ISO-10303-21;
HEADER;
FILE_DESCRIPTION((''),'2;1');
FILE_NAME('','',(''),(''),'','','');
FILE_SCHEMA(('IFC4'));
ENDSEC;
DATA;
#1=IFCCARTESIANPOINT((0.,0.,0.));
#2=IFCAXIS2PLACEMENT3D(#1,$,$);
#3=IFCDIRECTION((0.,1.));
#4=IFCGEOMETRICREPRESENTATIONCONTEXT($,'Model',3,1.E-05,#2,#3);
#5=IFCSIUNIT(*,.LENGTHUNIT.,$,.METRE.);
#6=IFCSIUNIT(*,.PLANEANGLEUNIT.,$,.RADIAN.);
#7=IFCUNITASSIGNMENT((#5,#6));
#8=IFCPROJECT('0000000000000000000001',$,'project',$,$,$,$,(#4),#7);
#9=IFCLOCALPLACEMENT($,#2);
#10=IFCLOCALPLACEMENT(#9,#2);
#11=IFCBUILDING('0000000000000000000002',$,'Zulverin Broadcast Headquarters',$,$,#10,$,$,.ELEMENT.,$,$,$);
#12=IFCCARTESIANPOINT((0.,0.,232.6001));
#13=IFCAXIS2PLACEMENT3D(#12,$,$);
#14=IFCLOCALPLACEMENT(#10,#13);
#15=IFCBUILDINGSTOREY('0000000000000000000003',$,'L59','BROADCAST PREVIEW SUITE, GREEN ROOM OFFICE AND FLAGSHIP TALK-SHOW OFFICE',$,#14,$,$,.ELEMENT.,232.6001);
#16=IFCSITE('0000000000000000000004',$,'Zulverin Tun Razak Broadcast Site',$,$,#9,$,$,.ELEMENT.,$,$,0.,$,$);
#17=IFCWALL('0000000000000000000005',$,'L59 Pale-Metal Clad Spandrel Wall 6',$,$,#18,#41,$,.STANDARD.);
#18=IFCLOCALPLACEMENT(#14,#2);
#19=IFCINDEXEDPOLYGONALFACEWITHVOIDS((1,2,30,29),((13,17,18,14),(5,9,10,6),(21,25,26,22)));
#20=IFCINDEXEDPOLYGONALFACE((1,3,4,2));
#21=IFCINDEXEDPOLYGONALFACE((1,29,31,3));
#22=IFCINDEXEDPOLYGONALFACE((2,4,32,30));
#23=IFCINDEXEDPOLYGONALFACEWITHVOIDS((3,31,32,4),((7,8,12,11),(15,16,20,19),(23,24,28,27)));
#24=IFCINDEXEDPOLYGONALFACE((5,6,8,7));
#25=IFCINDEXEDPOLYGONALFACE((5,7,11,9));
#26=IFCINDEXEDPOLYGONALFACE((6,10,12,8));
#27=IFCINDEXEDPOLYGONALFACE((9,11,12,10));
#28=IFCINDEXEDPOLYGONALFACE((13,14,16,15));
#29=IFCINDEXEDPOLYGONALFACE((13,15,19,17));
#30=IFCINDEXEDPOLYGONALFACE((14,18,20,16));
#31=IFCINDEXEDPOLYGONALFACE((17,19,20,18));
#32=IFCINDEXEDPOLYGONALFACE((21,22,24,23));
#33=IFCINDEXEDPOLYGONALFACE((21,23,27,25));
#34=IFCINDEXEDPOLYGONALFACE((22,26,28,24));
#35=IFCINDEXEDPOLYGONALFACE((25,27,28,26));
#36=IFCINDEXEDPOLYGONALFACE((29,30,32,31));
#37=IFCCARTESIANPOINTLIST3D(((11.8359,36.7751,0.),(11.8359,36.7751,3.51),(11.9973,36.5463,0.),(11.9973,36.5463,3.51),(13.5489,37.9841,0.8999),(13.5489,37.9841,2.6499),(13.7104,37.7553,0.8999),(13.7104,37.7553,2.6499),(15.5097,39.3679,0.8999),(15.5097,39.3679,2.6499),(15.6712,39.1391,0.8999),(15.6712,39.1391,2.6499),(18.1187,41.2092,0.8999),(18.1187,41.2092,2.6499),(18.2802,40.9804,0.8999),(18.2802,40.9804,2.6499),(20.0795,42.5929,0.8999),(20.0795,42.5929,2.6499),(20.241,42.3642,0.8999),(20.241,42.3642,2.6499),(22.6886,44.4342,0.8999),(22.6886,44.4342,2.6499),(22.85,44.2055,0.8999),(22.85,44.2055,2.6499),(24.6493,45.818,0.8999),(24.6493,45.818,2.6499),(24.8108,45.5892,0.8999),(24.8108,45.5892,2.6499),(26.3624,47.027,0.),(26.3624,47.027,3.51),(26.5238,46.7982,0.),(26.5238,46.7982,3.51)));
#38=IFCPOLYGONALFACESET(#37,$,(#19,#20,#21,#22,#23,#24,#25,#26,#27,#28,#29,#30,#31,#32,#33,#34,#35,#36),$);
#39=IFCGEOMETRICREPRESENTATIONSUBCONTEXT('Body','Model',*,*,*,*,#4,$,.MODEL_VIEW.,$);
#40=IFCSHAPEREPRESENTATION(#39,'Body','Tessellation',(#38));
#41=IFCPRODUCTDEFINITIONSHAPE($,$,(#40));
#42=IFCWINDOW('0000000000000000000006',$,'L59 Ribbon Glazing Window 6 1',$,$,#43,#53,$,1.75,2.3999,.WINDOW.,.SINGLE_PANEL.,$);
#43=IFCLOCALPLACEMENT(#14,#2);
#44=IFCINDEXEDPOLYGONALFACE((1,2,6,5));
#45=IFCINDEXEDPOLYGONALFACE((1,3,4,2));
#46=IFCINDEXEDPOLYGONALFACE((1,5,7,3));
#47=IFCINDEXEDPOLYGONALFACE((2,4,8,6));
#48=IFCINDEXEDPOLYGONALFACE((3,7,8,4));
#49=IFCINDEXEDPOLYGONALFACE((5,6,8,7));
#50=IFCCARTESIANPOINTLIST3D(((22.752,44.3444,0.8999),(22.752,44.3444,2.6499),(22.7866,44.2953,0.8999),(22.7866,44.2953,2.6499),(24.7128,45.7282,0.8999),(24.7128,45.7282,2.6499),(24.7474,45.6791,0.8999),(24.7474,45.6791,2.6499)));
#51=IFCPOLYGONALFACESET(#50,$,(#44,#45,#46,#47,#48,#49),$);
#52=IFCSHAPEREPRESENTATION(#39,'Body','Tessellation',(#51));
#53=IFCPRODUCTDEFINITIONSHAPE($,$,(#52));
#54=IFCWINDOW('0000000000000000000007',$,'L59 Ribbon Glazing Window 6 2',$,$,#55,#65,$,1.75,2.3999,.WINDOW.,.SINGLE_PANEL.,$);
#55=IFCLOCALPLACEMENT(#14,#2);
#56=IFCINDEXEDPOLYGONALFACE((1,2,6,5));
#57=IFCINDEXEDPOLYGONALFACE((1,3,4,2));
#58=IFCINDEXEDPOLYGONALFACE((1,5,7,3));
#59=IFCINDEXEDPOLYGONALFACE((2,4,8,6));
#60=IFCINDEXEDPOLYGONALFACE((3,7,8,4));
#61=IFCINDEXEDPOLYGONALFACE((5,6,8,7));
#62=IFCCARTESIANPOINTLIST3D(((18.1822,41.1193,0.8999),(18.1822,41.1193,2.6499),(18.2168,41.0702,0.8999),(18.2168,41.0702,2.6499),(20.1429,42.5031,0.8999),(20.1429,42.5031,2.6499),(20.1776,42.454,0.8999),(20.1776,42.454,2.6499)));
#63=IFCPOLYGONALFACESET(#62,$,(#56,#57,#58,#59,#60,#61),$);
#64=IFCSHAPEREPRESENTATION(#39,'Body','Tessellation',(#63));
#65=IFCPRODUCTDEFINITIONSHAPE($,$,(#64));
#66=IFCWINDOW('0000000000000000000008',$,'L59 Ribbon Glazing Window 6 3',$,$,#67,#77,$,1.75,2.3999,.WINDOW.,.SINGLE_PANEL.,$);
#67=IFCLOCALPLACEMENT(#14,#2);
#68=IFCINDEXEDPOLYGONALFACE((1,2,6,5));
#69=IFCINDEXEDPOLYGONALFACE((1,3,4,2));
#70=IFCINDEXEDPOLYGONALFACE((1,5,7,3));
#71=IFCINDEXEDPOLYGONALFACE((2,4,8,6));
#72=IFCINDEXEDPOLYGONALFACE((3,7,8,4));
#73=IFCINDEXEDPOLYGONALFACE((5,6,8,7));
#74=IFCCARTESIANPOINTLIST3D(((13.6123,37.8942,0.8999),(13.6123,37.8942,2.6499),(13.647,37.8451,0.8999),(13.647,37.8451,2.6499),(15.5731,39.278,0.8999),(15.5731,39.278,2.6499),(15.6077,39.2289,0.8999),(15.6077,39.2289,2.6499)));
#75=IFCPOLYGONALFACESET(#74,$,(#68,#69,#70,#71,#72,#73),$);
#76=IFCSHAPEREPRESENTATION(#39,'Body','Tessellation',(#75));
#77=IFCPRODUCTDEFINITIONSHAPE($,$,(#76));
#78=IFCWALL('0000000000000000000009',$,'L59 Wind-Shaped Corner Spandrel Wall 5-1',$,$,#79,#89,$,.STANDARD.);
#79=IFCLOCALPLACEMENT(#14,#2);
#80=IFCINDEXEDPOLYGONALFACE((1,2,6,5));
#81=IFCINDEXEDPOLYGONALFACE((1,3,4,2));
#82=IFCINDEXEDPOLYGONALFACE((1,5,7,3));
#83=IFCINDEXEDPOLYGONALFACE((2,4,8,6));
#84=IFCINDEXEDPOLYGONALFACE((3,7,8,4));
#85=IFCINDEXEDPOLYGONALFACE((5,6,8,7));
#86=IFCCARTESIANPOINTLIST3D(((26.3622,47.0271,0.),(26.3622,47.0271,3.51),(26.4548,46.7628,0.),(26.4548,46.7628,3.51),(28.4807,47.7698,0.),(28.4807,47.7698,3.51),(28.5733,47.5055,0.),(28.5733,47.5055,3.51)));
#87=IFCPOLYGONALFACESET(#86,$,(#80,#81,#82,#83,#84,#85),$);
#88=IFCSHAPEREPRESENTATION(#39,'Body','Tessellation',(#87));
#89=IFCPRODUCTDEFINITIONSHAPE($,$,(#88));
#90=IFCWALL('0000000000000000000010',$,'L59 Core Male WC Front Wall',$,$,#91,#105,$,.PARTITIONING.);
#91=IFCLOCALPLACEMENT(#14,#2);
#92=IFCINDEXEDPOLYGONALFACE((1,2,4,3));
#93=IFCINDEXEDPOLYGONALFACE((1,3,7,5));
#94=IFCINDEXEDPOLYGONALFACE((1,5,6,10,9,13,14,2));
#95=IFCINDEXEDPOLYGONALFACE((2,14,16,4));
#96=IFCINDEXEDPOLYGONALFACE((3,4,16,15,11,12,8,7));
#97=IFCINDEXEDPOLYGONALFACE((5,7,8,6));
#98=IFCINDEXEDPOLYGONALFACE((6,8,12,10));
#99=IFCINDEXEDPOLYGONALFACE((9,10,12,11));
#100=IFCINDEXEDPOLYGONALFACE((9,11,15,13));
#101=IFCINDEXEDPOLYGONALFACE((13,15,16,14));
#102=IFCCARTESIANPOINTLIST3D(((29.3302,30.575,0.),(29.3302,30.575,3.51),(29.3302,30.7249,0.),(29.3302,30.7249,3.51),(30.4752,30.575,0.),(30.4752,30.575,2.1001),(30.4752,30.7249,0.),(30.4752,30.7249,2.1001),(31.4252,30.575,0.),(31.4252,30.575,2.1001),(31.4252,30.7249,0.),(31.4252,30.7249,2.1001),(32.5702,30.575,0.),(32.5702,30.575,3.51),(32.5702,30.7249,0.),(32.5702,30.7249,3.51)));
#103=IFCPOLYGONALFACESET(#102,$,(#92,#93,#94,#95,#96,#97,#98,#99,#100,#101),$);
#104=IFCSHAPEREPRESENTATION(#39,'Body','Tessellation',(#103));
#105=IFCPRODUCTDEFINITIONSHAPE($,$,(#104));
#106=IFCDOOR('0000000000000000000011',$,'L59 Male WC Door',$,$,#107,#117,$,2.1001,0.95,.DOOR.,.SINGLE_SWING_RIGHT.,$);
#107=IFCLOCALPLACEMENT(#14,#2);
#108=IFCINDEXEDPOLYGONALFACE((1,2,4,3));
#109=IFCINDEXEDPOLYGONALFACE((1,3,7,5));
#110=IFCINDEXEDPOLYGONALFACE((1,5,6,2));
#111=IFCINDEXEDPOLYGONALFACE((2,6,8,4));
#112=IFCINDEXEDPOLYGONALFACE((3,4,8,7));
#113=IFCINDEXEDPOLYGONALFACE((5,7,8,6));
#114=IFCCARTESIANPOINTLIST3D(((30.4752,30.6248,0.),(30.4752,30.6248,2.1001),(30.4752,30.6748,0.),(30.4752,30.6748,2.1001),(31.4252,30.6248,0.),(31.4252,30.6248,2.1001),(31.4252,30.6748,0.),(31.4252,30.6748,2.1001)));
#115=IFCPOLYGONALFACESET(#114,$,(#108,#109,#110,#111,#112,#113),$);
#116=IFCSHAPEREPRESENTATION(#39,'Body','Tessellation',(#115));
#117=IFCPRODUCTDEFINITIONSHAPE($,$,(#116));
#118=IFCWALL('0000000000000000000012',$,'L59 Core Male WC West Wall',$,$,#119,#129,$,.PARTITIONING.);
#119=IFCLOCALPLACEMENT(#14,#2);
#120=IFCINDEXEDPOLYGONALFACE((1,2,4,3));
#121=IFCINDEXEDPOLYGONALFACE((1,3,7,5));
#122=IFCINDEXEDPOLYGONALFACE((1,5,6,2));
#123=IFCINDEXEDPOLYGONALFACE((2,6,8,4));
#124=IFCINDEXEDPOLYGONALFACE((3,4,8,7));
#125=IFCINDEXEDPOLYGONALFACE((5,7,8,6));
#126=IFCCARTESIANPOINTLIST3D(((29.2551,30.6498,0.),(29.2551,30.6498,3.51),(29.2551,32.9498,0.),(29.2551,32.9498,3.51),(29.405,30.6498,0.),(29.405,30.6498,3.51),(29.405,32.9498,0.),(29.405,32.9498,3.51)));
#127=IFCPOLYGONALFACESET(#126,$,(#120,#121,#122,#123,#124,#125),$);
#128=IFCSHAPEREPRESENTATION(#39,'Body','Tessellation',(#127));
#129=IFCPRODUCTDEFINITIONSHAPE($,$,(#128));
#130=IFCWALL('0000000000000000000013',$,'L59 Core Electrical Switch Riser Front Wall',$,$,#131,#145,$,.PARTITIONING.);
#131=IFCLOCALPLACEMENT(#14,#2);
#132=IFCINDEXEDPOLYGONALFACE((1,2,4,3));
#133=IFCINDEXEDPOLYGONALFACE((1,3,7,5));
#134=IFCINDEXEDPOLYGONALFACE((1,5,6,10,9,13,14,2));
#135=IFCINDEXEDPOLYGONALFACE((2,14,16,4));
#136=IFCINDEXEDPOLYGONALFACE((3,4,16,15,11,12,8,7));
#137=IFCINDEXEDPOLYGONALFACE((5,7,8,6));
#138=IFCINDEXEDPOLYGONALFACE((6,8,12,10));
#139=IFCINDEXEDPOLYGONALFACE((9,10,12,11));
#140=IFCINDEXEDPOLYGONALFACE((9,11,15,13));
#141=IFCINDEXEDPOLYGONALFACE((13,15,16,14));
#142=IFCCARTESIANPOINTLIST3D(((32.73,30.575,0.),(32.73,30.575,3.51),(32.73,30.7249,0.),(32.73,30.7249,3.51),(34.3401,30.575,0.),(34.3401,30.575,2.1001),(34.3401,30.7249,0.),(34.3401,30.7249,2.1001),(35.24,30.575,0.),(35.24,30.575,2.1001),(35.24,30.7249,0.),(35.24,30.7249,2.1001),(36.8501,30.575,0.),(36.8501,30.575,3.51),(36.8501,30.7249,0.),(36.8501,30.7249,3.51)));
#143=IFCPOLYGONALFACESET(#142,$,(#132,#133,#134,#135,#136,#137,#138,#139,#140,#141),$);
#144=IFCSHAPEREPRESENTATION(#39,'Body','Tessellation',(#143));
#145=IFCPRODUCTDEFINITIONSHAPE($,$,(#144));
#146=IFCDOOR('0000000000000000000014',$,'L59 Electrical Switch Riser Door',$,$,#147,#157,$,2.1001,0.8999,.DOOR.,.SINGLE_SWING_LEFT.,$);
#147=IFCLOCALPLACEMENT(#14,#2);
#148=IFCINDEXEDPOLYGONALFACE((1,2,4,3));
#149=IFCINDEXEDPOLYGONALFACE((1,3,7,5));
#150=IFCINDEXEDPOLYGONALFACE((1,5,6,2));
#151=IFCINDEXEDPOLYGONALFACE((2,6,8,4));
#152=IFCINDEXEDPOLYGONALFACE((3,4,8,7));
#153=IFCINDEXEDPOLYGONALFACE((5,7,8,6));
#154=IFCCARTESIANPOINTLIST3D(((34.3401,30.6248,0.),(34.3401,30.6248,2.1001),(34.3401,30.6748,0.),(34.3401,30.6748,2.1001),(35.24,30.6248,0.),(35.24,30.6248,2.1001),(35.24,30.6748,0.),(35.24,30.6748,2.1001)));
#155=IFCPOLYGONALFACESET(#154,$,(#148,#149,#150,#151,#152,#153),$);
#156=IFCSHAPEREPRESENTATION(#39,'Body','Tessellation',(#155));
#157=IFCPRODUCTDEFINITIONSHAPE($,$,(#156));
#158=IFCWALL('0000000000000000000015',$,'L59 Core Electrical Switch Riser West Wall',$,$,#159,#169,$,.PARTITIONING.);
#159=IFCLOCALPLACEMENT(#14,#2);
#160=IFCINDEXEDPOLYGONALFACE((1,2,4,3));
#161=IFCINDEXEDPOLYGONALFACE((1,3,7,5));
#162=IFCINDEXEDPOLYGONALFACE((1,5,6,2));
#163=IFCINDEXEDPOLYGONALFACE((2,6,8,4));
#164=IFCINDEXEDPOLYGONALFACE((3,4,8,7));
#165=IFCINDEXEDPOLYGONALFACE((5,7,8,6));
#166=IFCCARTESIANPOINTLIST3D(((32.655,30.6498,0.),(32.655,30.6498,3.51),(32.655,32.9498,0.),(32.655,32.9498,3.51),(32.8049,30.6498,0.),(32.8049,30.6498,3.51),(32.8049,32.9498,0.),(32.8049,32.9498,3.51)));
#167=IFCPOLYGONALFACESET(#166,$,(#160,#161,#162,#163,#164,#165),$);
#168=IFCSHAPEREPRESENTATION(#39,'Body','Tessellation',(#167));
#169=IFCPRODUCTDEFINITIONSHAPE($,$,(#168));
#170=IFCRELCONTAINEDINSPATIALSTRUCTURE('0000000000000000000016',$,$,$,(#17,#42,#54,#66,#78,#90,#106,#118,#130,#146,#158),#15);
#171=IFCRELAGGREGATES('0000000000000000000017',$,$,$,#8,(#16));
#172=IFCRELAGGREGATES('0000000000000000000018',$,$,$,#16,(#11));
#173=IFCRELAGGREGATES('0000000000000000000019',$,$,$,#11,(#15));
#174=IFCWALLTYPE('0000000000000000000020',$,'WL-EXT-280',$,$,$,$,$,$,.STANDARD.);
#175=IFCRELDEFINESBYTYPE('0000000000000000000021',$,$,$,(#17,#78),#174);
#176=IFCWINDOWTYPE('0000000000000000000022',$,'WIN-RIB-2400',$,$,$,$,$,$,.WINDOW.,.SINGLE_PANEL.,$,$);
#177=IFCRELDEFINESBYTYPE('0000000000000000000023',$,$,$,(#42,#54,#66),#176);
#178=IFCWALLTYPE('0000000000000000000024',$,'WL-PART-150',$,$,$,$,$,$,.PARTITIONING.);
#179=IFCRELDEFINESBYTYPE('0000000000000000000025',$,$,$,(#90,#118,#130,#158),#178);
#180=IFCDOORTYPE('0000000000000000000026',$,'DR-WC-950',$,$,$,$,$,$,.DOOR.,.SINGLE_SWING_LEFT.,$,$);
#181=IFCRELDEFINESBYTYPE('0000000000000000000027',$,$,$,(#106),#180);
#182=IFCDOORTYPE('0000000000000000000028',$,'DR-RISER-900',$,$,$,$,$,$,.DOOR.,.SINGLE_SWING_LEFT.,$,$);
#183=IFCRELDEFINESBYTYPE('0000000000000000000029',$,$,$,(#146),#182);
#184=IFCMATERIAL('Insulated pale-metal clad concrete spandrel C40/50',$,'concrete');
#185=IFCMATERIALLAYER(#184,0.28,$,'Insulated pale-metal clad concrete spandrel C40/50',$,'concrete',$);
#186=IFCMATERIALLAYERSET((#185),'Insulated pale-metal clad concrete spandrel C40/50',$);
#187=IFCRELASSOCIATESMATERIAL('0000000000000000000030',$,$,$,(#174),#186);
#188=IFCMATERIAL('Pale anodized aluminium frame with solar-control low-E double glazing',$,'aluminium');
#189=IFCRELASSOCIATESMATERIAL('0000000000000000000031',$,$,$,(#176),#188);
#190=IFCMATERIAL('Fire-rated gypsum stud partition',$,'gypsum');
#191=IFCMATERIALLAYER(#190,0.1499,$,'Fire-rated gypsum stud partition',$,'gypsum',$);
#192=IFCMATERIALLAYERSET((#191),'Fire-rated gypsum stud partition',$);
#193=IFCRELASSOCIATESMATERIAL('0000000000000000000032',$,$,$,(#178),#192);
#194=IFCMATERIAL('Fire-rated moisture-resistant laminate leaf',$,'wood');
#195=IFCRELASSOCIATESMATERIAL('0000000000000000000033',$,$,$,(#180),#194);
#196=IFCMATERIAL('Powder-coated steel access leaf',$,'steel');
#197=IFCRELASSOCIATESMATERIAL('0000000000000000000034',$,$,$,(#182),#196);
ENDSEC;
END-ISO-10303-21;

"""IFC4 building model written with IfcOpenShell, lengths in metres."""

from ifc_helpers import new_model, si_unit, direction, frame, frame_2d, origin, place, context, subcontext, project, spatial, rectangle, extrude, material, layer, layer_set, type_object, element, fill, save


model = new_model("IFC4")

# Units and contexts
model_context = context("Model", 3, precision=1e-05, world=origin(), true_north=direction((0.0, 1.0)))
body_context = subcontext(model_context, "Body", "Model", "MODEL_VIEW")
ifc_project = project(units=[si_unit("LENGTHUNIT", "METRE"), si_unit("PLANEANGLEUNIT", "RADIAN")], contexts=[model_context])

# Site, building, storey
site_placement = place(None, origin())
site = spatial("IfcSite", under=ifc_project, at=site_placement, Name="Zulverin Tun Razak Broadcast Site", CompositionType="ELEMENT", RefElevation=0.0)
building_placement = place(site_placement, origin())
building = spatial("IfcBuilding", under=site, at=building_placement, Name="Zulverin Broadcast Headquarters", CompositionType="ELEMENT")
storey_placement = place(building_placement, frame((0.0, 0.0, 232.6001)))
storey = spatial("IfcBuildingStorey", under=building, at=storey_placement, Name="L59", Description="BROADCAST PREVIEW SUITE, GREEN ROOM OFFICE AND FLAGSHIP TALK-SHOW OFFICE", CompositionType="ELEMENT", Elevation=232.6001)

# Wall, openings, windows
ifc_material_1 = material(Name="Insulated pale-metal clad concrete spandrel C40/50", Category="concrete")
ifc_layer_1 = layer(ifc_material_1, 0.28, Name="Insulated pale-metal clad concrete spandrel C40/50", Category="concrete")
ifc_layer_set_1 = layer_set([ifc_layer_1], Name="Insulated pale-metal clad concrete spandrel C40/50")
wall_type_1 = type_object("IfcWallType", Name="WL-EXT-280", PredefinedType="STANDARD", material=ifc_layer_set_1)
wall_1_placement = place(storey_placement, frame((26.4431, 46.9126, 0.0), z_axis=(0.0, 0.0, 1.0), x_axis=(-0.817024, -0.576603, 0.0)))
wall_1 = element("IfcWall", 1, at=wall_1_placement, inside=storey, type_object=wall_type_1, Name="L59 Pale-Metal Clad Spandrel Wall 6", PredefinedType="STANDARD", context=body_context, shape_type="SweptSolid", body=[
    extrude(rectangle(XDim=17.7798, YDim=0.28, at=frame_2d((8.8899, 0.0))), origin(), (0.0, 0.0, 1.0), 3.51),
])
opening_1_placement = place(wall_1_placement, frame((2.0967, 0.0, 0.8999)))
opening_1 = element("IfcOpeningElement", 2, at=opening_1_placement, cuts=wall_1, PredefinedType="OPENING", context=body_context, shape_type="SweptSolid", body=[
    extrude(rectangle(XDim=2.3999, YDim=1.75, at=frame_2d((1.2, 0.875))), frame((0.0, 0.1499, 0.0), z_axis=(0.0, -1.0, 0.0), x_axis=(1.0, 0.0, 0.0)), (0.0, 0.0, 1.0), 0.3),
])
opening_2_placement = place(wall_1_placement, frame((7.6899, 0.0, 0.8999)))
opening_2 = element("IfcOpeningElement", 3, at=opening_2_placement, cuts=wall_1, PredefinedType="OPENING", context=body_context, shape_type="SweptSolid", body=[
    extrude(rectangle(XDim=2.3999, YDim=1.75, at=frame_2d((1.2, 0.875))), frame((0.0, 0.1499, 0.0), z_axis=(0.0, -1.0, 0.0), x_axis=(1.0, 0.0, 0.0)), (0.0, 0.0, 1.0), 0.3),
])
opening_3_placement = place(wall_1_placement, frame((13.2832, 0.0, 0.8999)))
opening_3 = element("IfcOpeningElement", 4, at=opening_3_placement, cuts=wall_1, PredefinedType="OPENING", context=body_context, shape_type="SweptSolid", body=[
    extrude(rectangle(XDim=2.3999, YDim=1.75, at=frame_2d((1.2, 0.875))), frame((0.0, 0.1499, 0.0), z_axis=(0.0, -1.0, 0.0), x_axis=(1.0, 0.0, 0.0)), (0.0, 0.0, 1.0), 0.3),
])
ifc_material_2 = material(Name="Pale anodized aluminium frame with solar-control low-E double glazing", Category="aluminium")
window_type = type_object("IfcWindowType", Name="WIN-RIB-2400", PartitioningType="SINGLE_PANEL", PredefinedType="WINDOW", material=ifc_material_2)
window_1_placement = place(opening_1_placement, origin())
window_1 = element("IfcWindow", 5, at=window_1_placement, inside=storey, type_object=window_type, Name="L59 Ribbon Glazing Window 6 1", OverallHeight=1.75, OverallWidth=2.3999, PartitioningType="SINGLE_PANEL", PredefinedType="WINDOW", context=body_context, shape_type="SweptSolid", body=[
    extrude(rectangle(XDim=2.3999, YDim=1.75, at=frame_2d((1.2, 0.875))), frame((0.0, 0.03, 0.0), z_axis=(0.0, -1.0, 0.0), x_axis=(1.0, 0.0, 0.0)), (0.0, 0.0, 1.0), 0.0601),
])
fill(opening_1, window_1)
window_2_placement = place(opening_2_placement, origin())
window_2 = element("IfcWindow", 6, at=window_2_placement, inside=storey, type_object=window_type, Name="L59 Ribbon Glazing Window 6 2", OverallHeight=1.75, OverallWidth=2.3999, PartitioningType="SINGLE_PANEL", PredefinedType="WINDOW", context=body_context, shape_type="SweptSolid", body=[
    extrude(rectangle(XDim=2.3999, YDim=1.75, at=frame_2d((1.2, 0.875))), frame((0.0, 0.03, 0.0), z_axis=(0.0, -1.0, 0.0), x_axis=(1.0, 0.0, 0.0)), (0.0, 0.0, 1.0), 0.0601),
])
fill(opening_2, window_2)
window_3_placement = place(opening_3_placement, origin())
window_3 = element("IfcWindow", 7, at=window_3_placement, inside=storey, type_object=window_type, Name="L59 Ribbon Glazing Window 6 3", OverallHeight=1.75, OverallWidth=2.3999, PartitioningType="SINGLE_PANEL", PredefinedType="WINDOW", context=body_context, shape_type="SweptSolid", body=[
    extrude(rectangle(XDim=2.3999, YDim=1.75, at=frame_2d((1.2, 0.875))), frame((0.0, 0.03, 0.0), z_axis=(0.0, -1.0, 0.0), x_axis=(1.0, 0.0, 0.0)), (0.0, 0.0, 1.0), 0.0601),
])
fill(opening_3, window_3)

# Wall
wall_2_placement = place(storey_placement, frame((28.5271, 47.6377, 0.0), z_axis=(0.0, 0.0, 1.0), x_axis=(-0.943687, -0.33084, 0.0)))
element("IfcWall", 8, at=wall_2_placement, inside=storey, type_object=wall_type_1, Name="L59 Wind-Shaped Corner Spandrel Wall 5-1", PredefinedType="STANDARD", context=body_context, shape_type="SweptSolid", body=[
    extrude(rectangle(XDim=2.2449, YDim=0.28, at=frame_2d((1.1226, 0.0))), origin(), (0.0, 0.0, 1.0), 3.51),
])

# Wall, opening, door
ifc_material_3 = material(Name="Fire-rated gypsum stud partition", Category="gypsum")
ifc_layer_2 = layer(ifc_material_3, 0.1499, Name="Fire-rated gypsum stud partition", Category="gypsum")
ifc_layer_set_2 = layer_set([ifc_layer_2], Name="Fire-rated gypsum stud partition")
wall_type_2 = type_object("IfcWallType", Name="WL-PART-150", PredefinedType="PARTITIONING", material=ifc_layer_set_2)
wall_3_placement = place(storey_placement, frame((29.3301, 30.6499, 0.0), z_axis=(0.0, 0.0, 1.0), x_axis=(1.0, 0.0, 0.0)))
wall_3 = element("IfcWall", 9, at=wall_3_placement, inside=storey, type_object=wall_type_2, Name="L59 Core Male WC Front Wall", PredefinedType="PARTITIONING", context=body_context, shape_type="SweptSolid", body=[
    extrude(rectangle(XDim=3.24, YDim=0.1499, at=frame_2d((1.6201, 0.0))), origin(), (0.0, 0.0, 1.0), 3.51),
])
opening_4_placement = place(wall_3_placement, frame((1.145, 0.0, 0.0)))
opening_4 = element("IfcOpeningElement", 10, at=opening_4_placement, cuts=wall_3, PredefinedType="OPENING", context=body_context, shape_type="SweptSolid", body=[
    extrude(rectangle(XDim=0.95, YDim=2.1001, at=frame_2d((0.4751, 1.05))), frame((0.0, 0.085, 0.0), z_axis=(0.0, -1.0, 0.0), x_axis=(1.0, 0.0, 0.0)), (0.0, 0.0, 1.0), 0.1699),
])
ifc_material_4 = material(Name="Fire-rated moisture-resistant laminate leaf", Category="wood")
door_type_1 = type_object("IfcDoorType", Name="DR-WC-950", OperationType="SINGLE_SWING_LEFT", PredefinedType="DOOR", material=ifc_material_4)
door_1_placement = place(opening_4_placement, origin())
door_1 = element("IfcDoor", 11, at=door_1_placement, inside=storey, type_object=door_type_1, Name="L59 Male WC Door", OperationType="SINGLE_SWING_RIGHT", OverallHeight=2.1001, OverallWidth=0.95, PredefinedType="DOOR", context=body_context, shape_type="SweptSolid", body=[
    extrude(rectangle(XDim=0.95, YDim=2.1001, at=frame_2d((0.4751, 1.05))), frame((0.0, 0.0249, 0.0), z_axis=(0.0, -1.0, 0.0), x_axis=(1.0, 0.0, 0.0)), (0.0, 0.0, 1.0), 0.05),
])
fill(opening_4, door_1)

# Wall
wall_4_placement = place(storey_placement, frame((29.3301, 30.6499, 0.0), z_axis=(0.0, 0.0, 1.0), x_axis=(0.0, 1.0, 0.0)))
element("IfcWall", 12, at=wall_4_placement, inside=storey, type_object=wall_type_2, Name="L59 Core Male WC West Wall", PredefinedType="PARTITIONING", context=body_context, shape_type="SweptSolid", body=[
    extrude(rectangle(XDim=2.3, YDim=0.1499, at=frame_2d((1.1499, 0.0))), origin(), (0.0, 0.0, 1.0), 3.51),
])

# Wall, opening, door
wall_5_placement = place(storey_placement, frame((32.73, 30.6499, 0.0), z_axis=(0.0, 0.0, 1.0), x_axis=(1.0, 0.0, 0.0)))
wall_5 = element("IfcWall", 13, at=wall_5_placement, inside=storey, type_object=wall_type_2, Name="L59 Core Electrical Switch Riser Front Wall", PredefinedType="PARTITIONING", context=body_context, shape_type="SweptSolid", body=[
    extrude(rectangle(XDim=4.1201, YDim=0.1499, at=frame_2d((2.0601, 0.0))), origin(), (0.0, 0.0, 1.0), 3.51),
])
opening_5_placement = place(wall_5_placement, frame((1.6101, 0.0, 0.0)))
opening_5 = element("IfcOpeningElement", 14, at=opening_5_placement, cuts=wall_5, PredefinedType="OPENING", context=body_context, shape_type="SweptSolid", body=[
    extrude(rectangle(XDim=0.8999, YDim=2.1001, at=frame_2d((0.45, 1.05))), frame((0.0, 0.085, 0.0), z_axis=(0.0, -1.0, 0.0), x_axis=(1.0, 0.0, 0.0)), (0.0, 0.0, 1.0), 0.1699),
])
ifc_material_5 = material(Name="Powder-coated steel access leaf", Category="steel")
door_type_2 = type_object("IfcDoorType", Name="DR-RISER-900", OperationType="SINGLE_SWING_LEFT", PredefinedType="DOOR", material=ifc_material_5)
door_2_placement = place(opening_5_placement, origin())
door_2 = element("IfcDoor", 15, at=door_2_placement, inside=storey, type_object=door_type_2, Name="L59 Electrical Switch Riser Door", OperationType="SINGLE_SWING_LEFT", OverallHeight=2.1001, OverallWidth=0.8999, PredefinedType="DOOR", context=body_context, shape_type="SweptSolid", body=[
    extrude(rectangle(XDim=0.8999, YDim=2.1001, at=frame_2d((0.45, 1.05))), frame((0.0, 0.0249, 0.0), z_axis=(0.0, -1.0, 0.0), x_axis=(1.0, 0.0, 0.0)), (0.0, 0.0, 1.0), 0.05),
])
fill(opening_5, door_2)

# Wall
for number, where, z_axis, x_axis, name in (
    (16, (32.73, 30.6499, 0.0), (0.0, 0.0, 1.0), (0.0, 1.0, 0.0), "L59 Core Electrical Switch Riser West Wall"),
):
    element("IfcWall", number, at=place(storey_placement, frame(where, z_axis=z_axis, x_axis=x_axis)), inside=storey, type_object=wall_type_2, Name=name, PredefinedType="PARTITIONING", context=body_context, shape_type="SweptSolid", body=[
        extrude(rectangle(XDim=2.3, YDim=0.1499, at=frame_2d((1.1499, 0.0))), origin(), (0.0, 0.0, 1.0), 3.51),
    ])

save(model, "model.ifc")
